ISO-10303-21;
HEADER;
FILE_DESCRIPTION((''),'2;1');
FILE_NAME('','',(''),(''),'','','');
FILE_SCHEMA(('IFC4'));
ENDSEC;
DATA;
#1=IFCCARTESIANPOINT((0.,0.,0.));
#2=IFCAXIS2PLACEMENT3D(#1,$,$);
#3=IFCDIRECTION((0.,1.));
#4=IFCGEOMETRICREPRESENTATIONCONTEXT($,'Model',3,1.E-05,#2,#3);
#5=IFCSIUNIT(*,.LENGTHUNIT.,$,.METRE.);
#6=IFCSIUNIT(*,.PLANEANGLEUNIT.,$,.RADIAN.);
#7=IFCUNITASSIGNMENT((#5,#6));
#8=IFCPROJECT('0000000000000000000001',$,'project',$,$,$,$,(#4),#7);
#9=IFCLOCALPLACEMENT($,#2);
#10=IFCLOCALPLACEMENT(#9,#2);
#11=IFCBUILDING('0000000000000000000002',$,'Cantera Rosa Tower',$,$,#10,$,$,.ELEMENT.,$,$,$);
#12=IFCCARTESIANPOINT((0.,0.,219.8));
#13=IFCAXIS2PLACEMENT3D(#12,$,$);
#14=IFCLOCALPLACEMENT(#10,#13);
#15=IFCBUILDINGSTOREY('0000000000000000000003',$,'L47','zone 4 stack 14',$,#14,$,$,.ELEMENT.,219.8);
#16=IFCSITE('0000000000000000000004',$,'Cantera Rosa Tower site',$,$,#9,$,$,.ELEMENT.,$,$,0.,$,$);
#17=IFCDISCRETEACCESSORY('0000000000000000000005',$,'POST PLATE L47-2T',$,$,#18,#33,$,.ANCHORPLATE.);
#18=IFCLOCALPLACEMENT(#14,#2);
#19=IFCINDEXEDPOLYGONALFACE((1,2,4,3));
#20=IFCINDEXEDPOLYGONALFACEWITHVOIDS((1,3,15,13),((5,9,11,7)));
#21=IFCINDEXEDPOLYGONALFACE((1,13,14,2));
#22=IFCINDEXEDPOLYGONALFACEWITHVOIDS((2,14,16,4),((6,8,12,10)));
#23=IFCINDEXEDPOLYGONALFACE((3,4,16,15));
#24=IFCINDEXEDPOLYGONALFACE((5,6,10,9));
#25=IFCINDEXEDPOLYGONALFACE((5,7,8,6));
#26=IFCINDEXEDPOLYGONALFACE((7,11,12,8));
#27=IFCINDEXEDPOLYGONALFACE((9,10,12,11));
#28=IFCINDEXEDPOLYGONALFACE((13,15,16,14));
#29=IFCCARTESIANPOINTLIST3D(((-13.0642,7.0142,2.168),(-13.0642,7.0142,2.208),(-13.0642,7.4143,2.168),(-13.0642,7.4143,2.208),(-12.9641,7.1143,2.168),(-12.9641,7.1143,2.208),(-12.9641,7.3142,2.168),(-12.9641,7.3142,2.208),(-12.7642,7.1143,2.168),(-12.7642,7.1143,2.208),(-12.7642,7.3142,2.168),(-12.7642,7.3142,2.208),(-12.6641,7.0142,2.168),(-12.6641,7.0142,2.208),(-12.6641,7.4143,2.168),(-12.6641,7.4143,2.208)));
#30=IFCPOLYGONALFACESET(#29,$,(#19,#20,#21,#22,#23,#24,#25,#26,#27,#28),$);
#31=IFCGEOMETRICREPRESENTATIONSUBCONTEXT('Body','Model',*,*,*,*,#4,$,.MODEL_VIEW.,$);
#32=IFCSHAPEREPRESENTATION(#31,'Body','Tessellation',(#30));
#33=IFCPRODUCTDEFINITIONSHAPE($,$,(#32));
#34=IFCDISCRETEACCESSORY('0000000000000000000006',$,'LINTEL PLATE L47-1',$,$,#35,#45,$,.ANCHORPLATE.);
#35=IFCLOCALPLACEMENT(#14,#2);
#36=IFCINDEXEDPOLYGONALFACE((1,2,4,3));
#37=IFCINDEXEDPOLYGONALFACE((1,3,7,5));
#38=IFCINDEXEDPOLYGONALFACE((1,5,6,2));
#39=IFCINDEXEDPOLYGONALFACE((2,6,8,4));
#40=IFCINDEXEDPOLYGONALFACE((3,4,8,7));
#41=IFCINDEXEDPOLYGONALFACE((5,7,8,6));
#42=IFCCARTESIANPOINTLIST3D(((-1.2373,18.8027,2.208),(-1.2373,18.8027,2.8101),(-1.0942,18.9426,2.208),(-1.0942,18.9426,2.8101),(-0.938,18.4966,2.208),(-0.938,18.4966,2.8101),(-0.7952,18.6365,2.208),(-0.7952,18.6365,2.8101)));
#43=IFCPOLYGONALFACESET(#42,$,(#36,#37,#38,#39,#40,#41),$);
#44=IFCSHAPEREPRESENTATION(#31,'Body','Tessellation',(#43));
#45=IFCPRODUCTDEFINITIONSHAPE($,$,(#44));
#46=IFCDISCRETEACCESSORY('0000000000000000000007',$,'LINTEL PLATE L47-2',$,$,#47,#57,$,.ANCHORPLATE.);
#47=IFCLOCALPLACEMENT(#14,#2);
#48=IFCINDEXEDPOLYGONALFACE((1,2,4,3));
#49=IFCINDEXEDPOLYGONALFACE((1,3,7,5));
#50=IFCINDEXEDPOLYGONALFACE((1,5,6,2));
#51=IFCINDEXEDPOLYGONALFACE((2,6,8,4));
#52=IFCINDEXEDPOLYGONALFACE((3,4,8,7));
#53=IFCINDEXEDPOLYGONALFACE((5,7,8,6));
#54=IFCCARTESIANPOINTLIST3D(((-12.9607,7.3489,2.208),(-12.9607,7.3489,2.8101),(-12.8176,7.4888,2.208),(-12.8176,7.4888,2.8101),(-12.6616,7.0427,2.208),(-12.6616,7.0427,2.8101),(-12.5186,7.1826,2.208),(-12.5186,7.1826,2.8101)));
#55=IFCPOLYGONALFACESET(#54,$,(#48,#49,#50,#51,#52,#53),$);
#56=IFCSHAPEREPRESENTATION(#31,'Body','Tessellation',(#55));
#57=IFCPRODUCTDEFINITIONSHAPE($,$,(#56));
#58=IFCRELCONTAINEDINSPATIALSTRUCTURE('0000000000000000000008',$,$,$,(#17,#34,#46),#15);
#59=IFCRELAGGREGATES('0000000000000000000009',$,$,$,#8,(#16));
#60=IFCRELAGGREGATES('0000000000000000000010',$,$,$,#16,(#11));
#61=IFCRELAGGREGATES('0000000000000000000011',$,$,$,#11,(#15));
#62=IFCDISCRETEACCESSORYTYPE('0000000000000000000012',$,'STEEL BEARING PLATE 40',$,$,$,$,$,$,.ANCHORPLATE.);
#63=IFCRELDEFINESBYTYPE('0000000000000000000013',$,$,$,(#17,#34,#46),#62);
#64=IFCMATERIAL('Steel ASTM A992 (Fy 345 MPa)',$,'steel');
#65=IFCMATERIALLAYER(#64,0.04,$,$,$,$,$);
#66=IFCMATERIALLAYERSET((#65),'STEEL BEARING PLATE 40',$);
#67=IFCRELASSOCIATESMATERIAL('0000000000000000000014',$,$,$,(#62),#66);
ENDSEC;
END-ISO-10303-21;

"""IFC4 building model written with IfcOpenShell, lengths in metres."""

from ifc_helpers import new_model, si_unit, direction, frame, origin, place, context, subcontext, project, spatial, polyline, outline, extrude, material, layer, layer_set, type_object, element, save


model = new_model("IFC4")

# Units and contexts
model_context = context("Model", 3, precision=1e-05, world=origin(), true_north=direction((0.0, 1.0)))
body_context = subcontext(model_context, "Body", "Model", "MODEL_VIEW")
ifc_project = project(units=[si_unit("LENGTHUNIT", "METRE"), si_unit("PLANEANGLEUNIT", "RADIAN")], contexts=[model_context])

# Site, building, storey
site_placement = place(None, origin())
site = spatial("IfcSite", under=ifc_project, at=site_placement, Name="Cantera Rosa Tower site", CompositionType="ELEMENT", RefElevation=0.0)
building_placement = place(site_placement, origin())
building = spatial("IfcBuilding", under=site, at=building_placement, Name="Cantera Rosa Tower", CompositionType="ELEMENT")
storey_placement = place(building_placement, frame((0.0, 0.0, 219.8)))
storey = spatial("IfcBuildingStorey", under=building, at=storey_placement, Name="L47", Description="zone 4 stack 14", CompositionType="ELEMENT", Elevation=219.8)

# Discrete accessories
ifc_material_1 = material(Name="Steel ASTM A992 (Fy 345 MPa)", Category="steel")
ifc_layer_1 = layer(ifc_material_1, 0.04)
ifc_layer_set_1 = layer_set([ifc_layer_1], Name="STEEL BEARING PLATE 40")
discrete_accessory_type = type_object("IfcDiscreteAccessoryType", Name="STEEL BEARING PLATE 40", PredefinedType="ANCHORPLATE", material=ifc_layer_set_1)
for number, where, name in (
    (1, (0.0, 0.0, 2.168), "POST PLATE L47-2T"),
):
    element("IfcDiscreteAccessory", number, at=place(storey_placement, frame(where)), inside=storey, type_object=discrete_accessory_type, Name=name, PredefinedType="ANCHORPLATE", context=body_context, shape_type="SweptSolid", body=[
        extrude(outline(polyline([(-13.0642, 7.0142), (-12.6641, 7.0142), (-12.6641, 7.4143), (-13.0642, 7.4143), (-13.0642, 7.0142)]), holes=[polyline([(-12.9641, 7.1143), (-12.7642, 7.1143), (-12.7642, 7.3142), (-12.9641, 7.3142), (-12.9641, 7.1143)])]), origin(), (0.0, 0.0, 1.0), 0.04),
    ])
discrete_accessory_1_placement = place(storey_placement, frame((0.0, 0.0, 2.208)))
element("IfcDiscreteAccessory", 2, at=discrete_accessory_1_placement, inside=storey, type_object=discrete_accessory_type, Name="LINTEL PLATE L47-1", PredefinedType="ANCHORPLATE", context=body_context, shape_type="SweptSolid", body=[
    extrude(outline(polyline([(-0.938, 18.4966), (-0.7952, 18.6365), (-1.0942, 18.9426), (-1.2373, 18.8027), (-0.938, 18.4966)])), origin(), (0.0, 0.0, 1.0), 0.6021),
])
discrete_accessory_2_placement = place(storey_placement, frame((0.0, 0.0, 2.208)))
element("IfcDiscreteAccessory", 3, at=discrete_accessory_2_placement, inside=storey, type_object=discrete_accessory_type, Name="LINTEL PLATE L47-2", PredefinedType="ANCHORPLATE", context=body_context, shape_type="SweptSolid", body=[
    extrude(outline(polyline([(-12.8176, 7.4888), (-12.9607, 7.3489), (-12.6616, 7.0427), (-12.5186, 7.1826), (-12.8176, 7.4888)])), origin(), (0.0, 0.0, 1.0), 0.6021),
])

save(model, "model.ifc")
